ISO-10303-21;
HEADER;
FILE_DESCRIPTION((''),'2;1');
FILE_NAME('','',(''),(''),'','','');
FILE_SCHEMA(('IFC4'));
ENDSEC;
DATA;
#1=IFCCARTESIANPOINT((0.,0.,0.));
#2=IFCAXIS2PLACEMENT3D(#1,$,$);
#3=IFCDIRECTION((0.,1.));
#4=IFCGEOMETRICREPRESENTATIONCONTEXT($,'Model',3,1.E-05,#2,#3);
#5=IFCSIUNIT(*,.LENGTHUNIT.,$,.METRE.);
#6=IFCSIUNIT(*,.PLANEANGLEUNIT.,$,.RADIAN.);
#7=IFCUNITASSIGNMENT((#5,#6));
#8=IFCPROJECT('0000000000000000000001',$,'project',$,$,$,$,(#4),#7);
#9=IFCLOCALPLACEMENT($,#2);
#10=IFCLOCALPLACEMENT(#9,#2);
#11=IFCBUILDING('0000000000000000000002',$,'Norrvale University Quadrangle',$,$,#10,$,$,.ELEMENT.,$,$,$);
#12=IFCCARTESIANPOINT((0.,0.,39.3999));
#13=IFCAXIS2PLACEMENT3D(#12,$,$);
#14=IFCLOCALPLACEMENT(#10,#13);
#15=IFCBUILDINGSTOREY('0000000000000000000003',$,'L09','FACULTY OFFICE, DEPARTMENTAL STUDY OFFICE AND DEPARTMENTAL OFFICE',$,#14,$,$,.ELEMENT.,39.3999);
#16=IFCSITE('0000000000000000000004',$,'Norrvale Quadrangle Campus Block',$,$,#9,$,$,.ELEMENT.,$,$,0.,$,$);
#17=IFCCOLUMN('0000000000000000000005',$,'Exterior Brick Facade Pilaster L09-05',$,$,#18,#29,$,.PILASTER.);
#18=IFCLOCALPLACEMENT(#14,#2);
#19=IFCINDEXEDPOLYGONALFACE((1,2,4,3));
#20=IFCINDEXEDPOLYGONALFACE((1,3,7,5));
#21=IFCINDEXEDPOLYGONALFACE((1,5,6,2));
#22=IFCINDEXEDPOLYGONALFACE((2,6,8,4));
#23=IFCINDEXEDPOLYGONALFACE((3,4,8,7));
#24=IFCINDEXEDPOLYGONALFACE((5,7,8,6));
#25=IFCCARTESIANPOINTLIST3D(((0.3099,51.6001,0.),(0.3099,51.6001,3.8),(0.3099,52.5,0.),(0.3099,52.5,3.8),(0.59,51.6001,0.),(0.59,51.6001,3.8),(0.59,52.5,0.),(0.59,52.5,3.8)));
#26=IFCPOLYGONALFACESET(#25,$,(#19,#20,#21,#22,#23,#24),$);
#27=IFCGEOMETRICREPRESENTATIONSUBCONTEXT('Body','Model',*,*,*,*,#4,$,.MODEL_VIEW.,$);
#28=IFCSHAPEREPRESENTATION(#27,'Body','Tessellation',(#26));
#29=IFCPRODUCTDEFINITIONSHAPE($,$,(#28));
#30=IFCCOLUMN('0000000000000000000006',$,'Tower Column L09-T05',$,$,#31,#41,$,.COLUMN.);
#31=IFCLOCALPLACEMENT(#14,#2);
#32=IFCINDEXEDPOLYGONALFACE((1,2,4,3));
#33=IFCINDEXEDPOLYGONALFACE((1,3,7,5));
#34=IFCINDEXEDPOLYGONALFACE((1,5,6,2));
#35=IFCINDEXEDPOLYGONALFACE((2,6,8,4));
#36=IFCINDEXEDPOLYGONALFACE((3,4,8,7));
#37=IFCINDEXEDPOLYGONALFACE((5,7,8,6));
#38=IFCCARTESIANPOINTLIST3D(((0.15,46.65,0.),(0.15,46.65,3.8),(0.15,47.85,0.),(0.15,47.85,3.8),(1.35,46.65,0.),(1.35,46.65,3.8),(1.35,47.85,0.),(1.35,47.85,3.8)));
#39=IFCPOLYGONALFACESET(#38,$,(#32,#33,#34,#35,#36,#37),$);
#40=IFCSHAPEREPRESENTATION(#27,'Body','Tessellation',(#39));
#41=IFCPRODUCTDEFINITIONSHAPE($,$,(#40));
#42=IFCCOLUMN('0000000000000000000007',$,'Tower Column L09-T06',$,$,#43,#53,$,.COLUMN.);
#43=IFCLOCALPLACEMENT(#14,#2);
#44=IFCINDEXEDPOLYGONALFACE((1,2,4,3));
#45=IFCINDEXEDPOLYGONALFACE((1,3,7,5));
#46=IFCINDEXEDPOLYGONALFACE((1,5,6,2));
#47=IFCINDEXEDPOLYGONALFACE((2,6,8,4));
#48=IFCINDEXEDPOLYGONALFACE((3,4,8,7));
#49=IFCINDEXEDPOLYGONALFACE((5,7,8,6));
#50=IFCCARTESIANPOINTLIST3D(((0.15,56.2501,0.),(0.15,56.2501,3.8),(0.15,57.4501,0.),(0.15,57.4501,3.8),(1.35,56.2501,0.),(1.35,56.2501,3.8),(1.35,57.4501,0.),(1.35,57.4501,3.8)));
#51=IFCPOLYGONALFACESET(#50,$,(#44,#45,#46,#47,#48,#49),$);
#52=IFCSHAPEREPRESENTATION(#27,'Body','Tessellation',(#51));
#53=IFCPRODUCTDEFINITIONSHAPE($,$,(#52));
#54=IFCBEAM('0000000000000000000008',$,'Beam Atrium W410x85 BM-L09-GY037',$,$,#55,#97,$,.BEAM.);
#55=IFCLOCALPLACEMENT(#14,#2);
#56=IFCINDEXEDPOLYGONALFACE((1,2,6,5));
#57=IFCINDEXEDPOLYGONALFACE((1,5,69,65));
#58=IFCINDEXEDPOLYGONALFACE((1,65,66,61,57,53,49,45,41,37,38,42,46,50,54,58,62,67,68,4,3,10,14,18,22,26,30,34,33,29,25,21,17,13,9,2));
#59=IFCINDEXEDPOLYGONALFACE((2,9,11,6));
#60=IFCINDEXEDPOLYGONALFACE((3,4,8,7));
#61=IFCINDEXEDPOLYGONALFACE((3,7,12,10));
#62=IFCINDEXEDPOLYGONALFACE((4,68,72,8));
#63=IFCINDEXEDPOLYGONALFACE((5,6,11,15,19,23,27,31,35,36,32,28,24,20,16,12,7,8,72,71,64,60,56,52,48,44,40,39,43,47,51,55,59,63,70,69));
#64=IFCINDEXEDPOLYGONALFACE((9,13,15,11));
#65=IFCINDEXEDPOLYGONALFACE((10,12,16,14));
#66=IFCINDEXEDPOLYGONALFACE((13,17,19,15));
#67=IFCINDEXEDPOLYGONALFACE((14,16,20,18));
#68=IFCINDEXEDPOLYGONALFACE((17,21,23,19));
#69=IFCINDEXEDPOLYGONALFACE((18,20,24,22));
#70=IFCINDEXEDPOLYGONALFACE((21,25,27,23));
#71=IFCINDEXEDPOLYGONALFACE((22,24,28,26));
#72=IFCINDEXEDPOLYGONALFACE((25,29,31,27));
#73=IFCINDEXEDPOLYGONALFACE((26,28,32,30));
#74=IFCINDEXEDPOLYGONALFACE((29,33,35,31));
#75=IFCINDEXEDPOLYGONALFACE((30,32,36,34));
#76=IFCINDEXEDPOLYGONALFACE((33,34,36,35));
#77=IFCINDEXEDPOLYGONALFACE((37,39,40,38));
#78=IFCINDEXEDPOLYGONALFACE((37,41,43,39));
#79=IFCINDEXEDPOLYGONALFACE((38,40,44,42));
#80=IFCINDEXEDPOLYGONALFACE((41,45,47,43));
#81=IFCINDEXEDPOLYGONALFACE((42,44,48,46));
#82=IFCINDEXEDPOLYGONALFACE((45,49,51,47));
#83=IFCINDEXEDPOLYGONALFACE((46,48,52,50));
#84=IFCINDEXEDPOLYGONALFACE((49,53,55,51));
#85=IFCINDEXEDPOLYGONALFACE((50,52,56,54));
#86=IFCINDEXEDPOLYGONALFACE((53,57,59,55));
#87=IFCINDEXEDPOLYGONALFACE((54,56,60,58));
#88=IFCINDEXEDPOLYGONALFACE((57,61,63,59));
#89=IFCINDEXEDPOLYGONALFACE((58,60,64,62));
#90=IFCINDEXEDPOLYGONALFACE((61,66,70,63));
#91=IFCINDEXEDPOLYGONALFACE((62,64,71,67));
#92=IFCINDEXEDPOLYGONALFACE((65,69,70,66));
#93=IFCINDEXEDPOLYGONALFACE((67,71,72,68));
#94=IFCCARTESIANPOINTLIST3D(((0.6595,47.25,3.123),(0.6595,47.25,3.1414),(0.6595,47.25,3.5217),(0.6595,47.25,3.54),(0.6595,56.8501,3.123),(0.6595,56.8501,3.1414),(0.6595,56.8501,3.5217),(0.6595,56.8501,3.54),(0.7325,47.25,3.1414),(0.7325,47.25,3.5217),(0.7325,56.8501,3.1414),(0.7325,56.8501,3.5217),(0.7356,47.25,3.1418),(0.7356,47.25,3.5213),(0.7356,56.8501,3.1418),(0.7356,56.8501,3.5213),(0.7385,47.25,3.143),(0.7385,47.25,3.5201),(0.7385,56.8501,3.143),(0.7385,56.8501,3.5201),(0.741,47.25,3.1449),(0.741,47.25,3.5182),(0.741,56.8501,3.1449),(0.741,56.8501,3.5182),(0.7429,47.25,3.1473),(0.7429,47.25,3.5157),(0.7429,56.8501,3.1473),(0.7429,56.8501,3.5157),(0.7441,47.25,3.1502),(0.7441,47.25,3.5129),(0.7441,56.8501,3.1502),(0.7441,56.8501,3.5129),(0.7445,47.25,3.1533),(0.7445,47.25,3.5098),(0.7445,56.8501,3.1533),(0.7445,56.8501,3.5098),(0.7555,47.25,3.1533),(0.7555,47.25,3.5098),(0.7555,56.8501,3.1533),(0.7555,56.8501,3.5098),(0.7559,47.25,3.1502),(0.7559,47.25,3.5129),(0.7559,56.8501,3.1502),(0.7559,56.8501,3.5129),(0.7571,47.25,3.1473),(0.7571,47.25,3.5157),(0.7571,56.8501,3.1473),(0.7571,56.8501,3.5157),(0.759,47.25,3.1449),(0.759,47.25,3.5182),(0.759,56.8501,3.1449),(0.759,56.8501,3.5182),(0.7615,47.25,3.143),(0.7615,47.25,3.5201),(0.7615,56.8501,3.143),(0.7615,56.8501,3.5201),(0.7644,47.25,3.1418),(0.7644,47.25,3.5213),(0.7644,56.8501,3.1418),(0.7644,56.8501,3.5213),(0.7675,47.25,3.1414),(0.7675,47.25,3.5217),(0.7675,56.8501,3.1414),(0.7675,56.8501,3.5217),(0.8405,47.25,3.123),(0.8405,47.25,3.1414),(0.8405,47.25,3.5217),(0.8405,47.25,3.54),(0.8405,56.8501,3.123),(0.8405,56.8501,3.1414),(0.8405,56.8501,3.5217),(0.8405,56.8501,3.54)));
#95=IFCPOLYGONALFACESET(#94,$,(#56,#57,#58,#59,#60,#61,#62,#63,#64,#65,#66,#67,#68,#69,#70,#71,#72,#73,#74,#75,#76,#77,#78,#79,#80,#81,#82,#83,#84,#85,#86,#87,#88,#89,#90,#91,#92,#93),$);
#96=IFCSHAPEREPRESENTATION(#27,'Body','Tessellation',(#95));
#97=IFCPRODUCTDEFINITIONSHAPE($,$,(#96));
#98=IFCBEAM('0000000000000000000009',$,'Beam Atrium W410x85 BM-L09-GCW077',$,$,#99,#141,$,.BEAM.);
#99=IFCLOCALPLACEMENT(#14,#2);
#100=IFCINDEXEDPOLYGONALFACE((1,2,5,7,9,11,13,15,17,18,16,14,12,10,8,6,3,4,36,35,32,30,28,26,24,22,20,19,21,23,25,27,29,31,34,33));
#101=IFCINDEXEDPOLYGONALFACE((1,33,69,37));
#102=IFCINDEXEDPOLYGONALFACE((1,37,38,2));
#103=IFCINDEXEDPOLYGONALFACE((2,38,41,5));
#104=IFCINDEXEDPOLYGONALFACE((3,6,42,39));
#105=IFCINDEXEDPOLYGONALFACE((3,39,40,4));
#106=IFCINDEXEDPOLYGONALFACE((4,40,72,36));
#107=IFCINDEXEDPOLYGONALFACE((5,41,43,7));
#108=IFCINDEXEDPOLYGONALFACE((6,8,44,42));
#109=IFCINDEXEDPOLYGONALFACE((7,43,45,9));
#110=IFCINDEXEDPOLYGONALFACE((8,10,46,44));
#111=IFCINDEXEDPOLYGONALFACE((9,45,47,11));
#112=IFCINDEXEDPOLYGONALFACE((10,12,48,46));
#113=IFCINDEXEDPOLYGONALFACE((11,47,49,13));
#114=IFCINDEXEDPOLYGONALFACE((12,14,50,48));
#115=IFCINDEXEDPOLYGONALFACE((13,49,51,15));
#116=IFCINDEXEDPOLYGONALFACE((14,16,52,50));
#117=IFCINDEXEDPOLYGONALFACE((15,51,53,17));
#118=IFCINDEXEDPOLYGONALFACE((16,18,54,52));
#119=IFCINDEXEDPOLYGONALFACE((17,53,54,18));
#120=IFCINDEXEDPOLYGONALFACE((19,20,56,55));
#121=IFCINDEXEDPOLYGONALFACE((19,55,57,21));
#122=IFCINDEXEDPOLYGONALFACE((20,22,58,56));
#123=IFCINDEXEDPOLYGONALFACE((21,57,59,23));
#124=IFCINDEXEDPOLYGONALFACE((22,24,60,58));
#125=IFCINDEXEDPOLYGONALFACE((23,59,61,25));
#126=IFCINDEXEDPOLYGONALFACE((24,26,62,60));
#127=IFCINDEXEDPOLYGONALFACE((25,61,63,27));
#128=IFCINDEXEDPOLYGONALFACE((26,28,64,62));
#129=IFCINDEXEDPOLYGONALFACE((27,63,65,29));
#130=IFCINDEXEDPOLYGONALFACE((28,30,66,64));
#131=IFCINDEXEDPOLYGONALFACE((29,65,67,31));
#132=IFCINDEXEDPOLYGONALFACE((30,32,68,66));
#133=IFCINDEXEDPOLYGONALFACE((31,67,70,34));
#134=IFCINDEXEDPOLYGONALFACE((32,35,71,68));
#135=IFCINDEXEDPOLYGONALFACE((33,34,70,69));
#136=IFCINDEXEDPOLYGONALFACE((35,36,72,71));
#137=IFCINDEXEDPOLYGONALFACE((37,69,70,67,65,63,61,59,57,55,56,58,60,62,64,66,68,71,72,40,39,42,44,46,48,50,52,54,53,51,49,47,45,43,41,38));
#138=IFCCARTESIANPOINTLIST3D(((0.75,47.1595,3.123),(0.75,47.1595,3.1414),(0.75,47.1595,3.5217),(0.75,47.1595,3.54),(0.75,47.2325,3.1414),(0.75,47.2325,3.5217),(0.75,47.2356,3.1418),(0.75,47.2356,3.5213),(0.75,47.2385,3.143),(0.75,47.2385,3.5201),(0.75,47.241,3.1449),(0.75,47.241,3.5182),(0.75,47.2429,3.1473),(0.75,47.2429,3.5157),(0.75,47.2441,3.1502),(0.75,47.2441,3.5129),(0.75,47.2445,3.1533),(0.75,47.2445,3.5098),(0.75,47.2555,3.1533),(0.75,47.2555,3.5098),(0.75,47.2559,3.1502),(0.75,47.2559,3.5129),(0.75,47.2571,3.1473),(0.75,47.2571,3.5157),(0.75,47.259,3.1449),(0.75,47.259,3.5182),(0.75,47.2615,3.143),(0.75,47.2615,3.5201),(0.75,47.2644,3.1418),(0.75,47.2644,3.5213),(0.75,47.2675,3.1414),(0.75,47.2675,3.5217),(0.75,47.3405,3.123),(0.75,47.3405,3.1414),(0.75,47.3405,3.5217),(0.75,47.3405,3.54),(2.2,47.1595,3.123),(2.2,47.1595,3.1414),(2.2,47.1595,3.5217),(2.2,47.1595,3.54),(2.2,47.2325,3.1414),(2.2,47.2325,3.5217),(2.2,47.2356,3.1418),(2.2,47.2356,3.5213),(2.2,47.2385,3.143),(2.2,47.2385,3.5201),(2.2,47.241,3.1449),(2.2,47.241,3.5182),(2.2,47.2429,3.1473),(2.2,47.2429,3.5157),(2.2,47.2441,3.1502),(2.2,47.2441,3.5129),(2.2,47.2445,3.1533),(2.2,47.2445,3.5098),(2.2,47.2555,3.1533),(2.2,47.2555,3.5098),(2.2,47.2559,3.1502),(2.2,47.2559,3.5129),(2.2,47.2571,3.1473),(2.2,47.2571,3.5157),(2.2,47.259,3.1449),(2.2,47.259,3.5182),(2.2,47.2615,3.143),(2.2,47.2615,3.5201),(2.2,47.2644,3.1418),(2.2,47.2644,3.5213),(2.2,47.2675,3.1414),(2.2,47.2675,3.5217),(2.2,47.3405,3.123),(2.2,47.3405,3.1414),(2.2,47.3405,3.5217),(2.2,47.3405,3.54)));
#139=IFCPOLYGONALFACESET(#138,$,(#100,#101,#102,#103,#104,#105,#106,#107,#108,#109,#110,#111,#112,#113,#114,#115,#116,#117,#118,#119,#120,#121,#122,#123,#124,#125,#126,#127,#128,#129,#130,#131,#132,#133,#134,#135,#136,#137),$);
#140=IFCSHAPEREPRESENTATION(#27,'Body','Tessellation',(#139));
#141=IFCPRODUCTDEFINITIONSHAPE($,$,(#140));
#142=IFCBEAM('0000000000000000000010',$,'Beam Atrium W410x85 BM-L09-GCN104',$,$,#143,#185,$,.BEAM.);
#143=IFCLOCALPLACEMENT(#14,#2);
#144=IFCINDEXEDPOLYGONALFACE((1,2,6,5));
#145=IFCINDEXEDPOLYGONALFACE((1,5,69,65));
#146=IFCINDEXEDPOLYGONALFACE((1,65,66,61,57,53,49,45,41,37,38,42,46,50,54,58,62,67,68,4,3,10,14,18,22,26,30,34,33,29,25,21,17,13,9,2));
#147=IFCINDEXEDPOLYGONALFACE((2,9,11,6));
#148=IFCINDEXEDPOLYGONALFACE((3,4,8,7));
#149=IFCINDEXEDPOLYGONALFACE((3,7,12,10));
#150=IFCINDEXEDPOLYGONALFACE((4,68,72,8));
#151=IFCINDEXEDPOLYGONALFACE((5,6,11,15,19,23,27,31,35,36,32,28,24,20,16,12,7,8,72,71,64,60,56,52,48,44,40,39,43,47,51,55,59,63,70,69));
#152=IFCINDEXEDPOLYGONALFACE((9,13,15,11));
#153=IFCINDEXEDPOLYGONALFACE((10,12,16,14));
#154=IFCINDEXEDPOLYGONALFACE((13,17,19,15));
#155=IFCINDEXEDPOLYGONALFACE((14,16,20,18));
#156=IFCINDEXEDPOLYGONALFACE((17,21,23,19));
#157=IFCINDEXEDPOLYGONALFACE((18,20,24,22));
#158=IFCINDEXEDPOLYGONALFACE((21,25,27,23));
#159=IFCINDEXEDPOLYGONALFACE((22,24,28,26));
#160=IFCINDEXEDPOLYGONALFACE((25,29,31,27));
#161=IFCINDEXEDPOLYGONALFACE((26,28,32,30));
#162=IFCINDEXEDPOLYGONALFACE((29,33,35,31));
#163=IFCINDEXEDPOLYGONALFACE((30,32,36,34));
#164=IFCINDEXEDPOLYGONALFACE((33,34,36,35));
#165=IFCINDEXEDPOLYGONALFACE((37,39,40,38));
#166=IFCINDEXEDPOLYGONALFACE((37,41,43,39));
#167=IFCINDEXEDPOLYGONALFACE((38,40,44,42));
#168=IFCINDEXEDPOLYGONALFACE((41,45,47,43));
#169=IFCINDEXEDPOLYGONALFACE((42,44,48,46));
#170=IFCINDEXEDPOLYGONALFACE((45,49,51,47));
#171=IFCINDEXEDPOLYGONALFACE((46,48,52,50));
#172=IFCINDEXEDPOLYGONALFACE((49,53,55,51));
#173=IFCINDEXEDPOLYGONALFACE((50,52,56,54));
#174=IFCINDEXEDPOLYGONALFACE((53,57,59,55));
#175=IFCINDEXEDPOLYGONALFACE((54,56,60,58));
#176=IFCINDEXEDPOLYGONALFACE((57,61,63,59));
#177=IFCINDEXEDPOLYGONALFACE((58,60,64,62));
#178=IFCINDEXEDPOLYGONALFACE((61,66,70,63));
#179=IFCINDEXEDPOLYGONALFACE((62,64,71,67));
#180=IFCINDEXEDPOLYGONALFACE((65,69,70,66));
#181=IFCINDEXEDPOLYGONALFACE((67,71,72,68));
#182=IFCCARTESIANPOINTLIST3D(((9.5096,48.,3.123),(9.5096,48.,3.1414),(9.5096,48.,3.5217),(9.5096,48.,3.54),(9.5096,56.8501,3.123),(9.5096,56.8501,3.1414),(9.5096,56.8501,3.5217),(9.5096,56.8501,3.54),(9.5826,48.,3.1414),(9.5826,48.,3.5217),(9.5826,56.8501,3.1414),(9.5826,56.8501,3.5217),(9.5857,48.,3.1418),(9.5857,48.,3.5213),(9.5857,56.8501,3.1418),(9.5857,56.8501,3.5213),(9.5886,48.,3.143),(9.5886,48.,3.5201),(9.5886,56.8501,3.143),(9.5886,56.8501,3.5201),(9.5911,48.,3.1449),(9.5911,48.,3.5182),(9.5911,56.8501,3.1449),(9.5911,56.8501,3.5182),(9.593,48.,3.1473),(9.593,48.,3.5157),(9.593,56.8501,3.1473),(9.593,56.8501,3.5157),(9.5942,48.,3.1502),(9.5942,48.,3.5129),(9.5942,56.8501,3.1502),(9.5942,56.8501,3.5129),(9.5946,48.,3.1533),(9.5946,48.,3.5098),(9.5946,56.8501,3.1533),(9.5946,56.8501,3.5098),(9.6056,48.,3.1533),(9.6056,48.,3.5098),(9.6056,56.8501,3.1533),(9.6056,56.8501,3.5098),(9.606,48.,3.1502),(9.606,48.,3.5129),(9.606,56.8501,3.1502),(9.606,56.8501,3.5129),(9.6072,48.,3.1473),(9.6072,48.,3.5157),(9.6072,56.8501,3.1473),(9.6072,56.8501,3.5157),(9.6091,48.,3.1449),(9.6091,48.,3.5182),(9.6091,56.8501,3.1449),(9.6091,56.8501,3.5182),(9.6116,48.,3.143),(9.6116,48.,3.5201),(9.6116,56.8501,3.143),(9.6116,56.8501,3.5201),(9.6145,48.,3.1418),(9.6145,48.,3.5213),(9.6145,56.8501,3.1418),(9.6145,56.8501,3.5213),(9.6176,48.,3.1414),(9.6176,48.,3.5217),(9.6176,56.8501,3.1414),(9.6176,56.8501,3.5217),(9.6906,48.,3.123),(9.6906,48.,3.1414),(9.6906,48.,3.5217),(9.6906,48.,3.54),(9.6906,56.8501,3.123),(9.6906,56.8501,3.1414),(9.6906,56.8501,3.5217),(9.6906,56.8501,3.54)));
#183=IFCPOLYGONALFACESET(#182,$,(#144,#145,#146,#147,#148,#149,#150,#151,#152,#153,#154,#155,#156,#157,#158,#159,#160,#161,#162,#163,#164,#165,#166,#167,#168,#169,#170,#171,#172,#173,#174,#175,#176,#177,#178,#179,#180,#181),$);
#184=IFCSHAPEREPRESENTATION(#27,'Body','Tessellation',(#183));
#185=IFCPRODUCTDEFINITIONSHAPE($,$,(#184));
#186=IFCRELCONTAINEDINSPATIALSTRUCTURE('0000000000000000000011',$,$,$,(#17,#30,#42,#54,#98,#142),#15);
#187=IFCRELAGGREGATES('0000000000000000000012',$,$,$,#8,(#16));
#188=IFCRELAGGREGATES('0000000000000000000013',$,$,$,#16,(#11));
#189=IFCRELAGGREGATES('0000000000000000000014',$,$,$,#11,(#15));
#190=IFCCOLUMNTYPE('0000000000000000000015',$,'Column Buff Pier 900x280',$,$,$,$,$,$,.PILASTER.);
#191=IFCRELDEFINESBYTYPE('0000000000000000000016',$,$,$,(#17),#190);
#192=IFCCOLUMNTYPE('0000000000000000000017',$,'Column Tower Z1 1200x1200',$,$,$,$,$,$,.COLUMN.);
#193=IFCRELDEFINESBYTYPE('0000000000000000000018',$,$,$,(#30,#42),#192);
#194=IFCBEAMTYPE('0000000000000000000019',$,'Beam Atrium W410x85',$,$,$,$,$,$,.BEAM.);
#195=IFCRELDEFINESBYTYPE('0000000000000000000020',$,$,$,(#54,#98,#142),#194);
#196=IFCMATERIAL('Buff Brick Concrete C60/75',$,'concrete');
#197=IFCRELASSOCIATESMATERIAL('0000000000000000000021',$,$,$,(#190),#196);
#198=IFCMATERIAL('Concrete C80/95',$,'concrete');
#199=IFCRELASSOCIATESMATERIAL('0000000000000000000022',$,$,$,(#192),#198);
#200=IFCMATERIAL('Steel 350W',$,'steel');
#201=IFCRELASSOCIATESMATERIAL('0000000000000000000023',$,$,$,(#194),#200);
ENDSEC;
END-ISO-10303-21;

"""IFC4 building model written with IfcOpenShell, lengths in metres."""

from ifc_helpers import new_model, si_unit, direction, frame, origin, origin_2d, place, context, subcontext, project, spatial, rectangle, i_section, extrude, material, material_profile, profile_set, type_object, element, save


model = new_model("IFC4")

# Units and contexts
model_context = context("Model", 3, precision=1e-05, world=origin(), true_north=direction((0.0, 1.0)))
body_context = subcontext(model_context, "Body", "Model", "MODEL_VIEW")
ifc_project = project(units=[si_unit("LENGTHUNIT", "METRE"), si_unit("PLANEANGLEUNIT", "RADIAN")], contexts=[model_context])

# Site, building, storey
site_placement = place(None, origin())
site = spatial("IfcSite", under=ifc_project, at=site_placement, Name="Norrvale Quadrangle Campus Block", CompositionType="ELEMENT", RefElevation=0.0)
building_placement = place(site_placement, origin())
building = spatial("IfcBuilding", under=site, at=building_placement, Name="Norrvale University Quadrangle", CompositionType="ELEMENT")
storey_placement = place(building_placement, frame((0.0, 0.0, 39.3999)))
storey = spatial("IfcBuildingStorey", under=building, at=storey_placement, Name="L09", Description="FACULTY OFFICE, DEPARTMENTAL STUDY OFFICE AND DEPARTMENTAL OFFICE", CompositionType="ELEMENT", Elevation=39.3999)

# Columns
ifc_material_1 = material(Name="Buff Brick Concrete C60/75", Category="concrete")
ifc_material_profile_1 = material_profile(ifc_material_1, rectangle(XDim=0.8999, YDim=0.28, at=origin_2d()), Name="Buff Brick Concrete C60/75")
ifc_profile_set_1 = profile_set([ifc_material_profile_1], Name="Buff Brick Concrete C60/75")
column_type_1 = type_object("IfcColumnType", Name="Column Buff Pier 900x280", PredefinedType="PILASTER", material=ifc_profile_set_1)
column_placement = place(storey_placement, frame((0.45, 52.05, 0.0), z_axis=(0.0, 0.0, 1.0), x_axis=(0.0, 1.0, 0.0)))
element("IfcColumn", 1, at=column_placement, inside=storey, type_object=column_type_1, Name="Exterior Brick Facade Pilaster L09-05", PredefinedType="PILASTER", context=body_context, shape_type="SweptSolid", body=[
    extrude(rectangle(XDim=0.8999, YDim=0.28, at=origin_2d()), origin(), (0.0, 0.0, 1.0), 3.8),
])
ifc_material_2 = material(Name="Concrete C80/95", Category="concrete")
ifc_material_profile_2 = material_profile(ifc_material_2, rectangle(XDim=1.2, YDim=1.2, at=origin_2d()), Name="Concrete C80/95")
ifc_profile_set_2 = profile_set([ifc_material_profile_2], Name="Concrete C80/95")
column_type_2 = type_object("IfcColumnType", Name="Column Tower Z1 1200x1200", PredefinedType="COLUMN", material=ifc_profile_set_2)
for number, where, z_axis, x_axis, name in (
    (2, (0.75, 47.25, 0.0), (0.0, 0.0, 1.0), (1.0, 0.0, 0.0), "Tower Column L09-T05"),
    (3, (0.75, 56.8501, 0.0), (0.0, 0.0, 1.0), (1.0, 0.0, 0.0), "Tower Column L09-T06"),
):
    element("IfcColumn", number, at=place(storey_placement, frame(where, z_axis=z_axis, x_axis=x_axis)), inside=storey, type_object=column_type_2, Name=name, PredefinedType="COLUMN", context=body_context, shape_type="SweptSolid", body=[
        extrude(rectangle(XDim=1.2, YDim=1.2, at=origin_2d()), origin(), (0.0, 0.0, 1.0), 3.8),
    ])

# Beams
ifc_material_3 = material(Name="Steel 350W", Category="steel")
ifc_material_profile_3 = material_profile(ifc_material_3, i_section(OverallWidth=0.1809, OverallDepth=0.417, WebThickness=0.011, FlangeThickness=0.0183, FilletRadius=0.012, at=origin_2d()), Name="Steel 350W")
ifc_profile_set_3 = profile_set([ifc_material_profile_3], Name="Steel 350W")
beam_type_1 = type_object("IfcBeamType", Name="Beam Atrium W410x85", PredefinedType="BEAM", material=ifc_profile_set_3)
beam_1_placement = place(storey_placement, frame((0.75, 47.25, 3.3315), z_axis=(0.0, 1.0, 0.0), x_axis=(-1.0, 0.0, 0.0)))
element("IfcBeam", 4, at=beam_1_placement, inside=storey, type_object=beam_type_1, Name="Beam Atrium W410x85 BM-L09-GY037", PredefinedType="BEAM", context=body_context, shape_type="SweptSolid", body=[
    extrude(i_section(OverallWidth=0.1809, OverallDepth=0.417, WebThickness=0.011, FlangeThickness=0.0183, FilletRadius=0.012, at=origin_2d()), origin(), (0.0, 0.0, 1.0), 9.6001),
])
beam_2_placement = place(storey_placement, frame((0.75, 47.25, 3.3315), z_axis=(1.0, 0.0, 0.0), x_axis=(0.0, 1.0, 0.0)))
element("IfcBeam", 5, at=beam_2_placement, inside=storey, type_object=beam_type_1, Name="Beam Atrium W410x85 BM-L09-GCW077", PredefinedType="BEAM", context=body_context, shape_type="SweptSolid", body=[
    extrude(i_section(OverallWidth=0.1809, OverallDepth=0.417, WebThickness=0.011, FlangeThickness=0.0183, FilletRadius=0.012, at=origin_2d()), origin(), (0.0, 0.0, 1.0), 1.45),
])
beam_3_placement = place(storey_placement, frame((9.6001, 48.0, 3.3315), z_axis=(0.0, 1.0, 0.0), x_axis=(-1.0, 0.0, 0.0)))
element("IfcBeam", 6, at=beam_3_placement, inside=storey, type_object=beam_type_1, Name="Beam Atrium W410x85 BM-L09-GCN104", PredefinedType="BEAM", context=body_context, shape_type="SweptSolid", body=[
    extrude(i_section(OverallWidth=0.1809, OverallDepth=0.417, WebThickness=0.011, FlangeThickness=0.0183, FilletRadius=0.012, at=origin_2d()), origin(), (0.0, 0.0, 1.0), 8.8501),
])

save(model, "model.ifc")
